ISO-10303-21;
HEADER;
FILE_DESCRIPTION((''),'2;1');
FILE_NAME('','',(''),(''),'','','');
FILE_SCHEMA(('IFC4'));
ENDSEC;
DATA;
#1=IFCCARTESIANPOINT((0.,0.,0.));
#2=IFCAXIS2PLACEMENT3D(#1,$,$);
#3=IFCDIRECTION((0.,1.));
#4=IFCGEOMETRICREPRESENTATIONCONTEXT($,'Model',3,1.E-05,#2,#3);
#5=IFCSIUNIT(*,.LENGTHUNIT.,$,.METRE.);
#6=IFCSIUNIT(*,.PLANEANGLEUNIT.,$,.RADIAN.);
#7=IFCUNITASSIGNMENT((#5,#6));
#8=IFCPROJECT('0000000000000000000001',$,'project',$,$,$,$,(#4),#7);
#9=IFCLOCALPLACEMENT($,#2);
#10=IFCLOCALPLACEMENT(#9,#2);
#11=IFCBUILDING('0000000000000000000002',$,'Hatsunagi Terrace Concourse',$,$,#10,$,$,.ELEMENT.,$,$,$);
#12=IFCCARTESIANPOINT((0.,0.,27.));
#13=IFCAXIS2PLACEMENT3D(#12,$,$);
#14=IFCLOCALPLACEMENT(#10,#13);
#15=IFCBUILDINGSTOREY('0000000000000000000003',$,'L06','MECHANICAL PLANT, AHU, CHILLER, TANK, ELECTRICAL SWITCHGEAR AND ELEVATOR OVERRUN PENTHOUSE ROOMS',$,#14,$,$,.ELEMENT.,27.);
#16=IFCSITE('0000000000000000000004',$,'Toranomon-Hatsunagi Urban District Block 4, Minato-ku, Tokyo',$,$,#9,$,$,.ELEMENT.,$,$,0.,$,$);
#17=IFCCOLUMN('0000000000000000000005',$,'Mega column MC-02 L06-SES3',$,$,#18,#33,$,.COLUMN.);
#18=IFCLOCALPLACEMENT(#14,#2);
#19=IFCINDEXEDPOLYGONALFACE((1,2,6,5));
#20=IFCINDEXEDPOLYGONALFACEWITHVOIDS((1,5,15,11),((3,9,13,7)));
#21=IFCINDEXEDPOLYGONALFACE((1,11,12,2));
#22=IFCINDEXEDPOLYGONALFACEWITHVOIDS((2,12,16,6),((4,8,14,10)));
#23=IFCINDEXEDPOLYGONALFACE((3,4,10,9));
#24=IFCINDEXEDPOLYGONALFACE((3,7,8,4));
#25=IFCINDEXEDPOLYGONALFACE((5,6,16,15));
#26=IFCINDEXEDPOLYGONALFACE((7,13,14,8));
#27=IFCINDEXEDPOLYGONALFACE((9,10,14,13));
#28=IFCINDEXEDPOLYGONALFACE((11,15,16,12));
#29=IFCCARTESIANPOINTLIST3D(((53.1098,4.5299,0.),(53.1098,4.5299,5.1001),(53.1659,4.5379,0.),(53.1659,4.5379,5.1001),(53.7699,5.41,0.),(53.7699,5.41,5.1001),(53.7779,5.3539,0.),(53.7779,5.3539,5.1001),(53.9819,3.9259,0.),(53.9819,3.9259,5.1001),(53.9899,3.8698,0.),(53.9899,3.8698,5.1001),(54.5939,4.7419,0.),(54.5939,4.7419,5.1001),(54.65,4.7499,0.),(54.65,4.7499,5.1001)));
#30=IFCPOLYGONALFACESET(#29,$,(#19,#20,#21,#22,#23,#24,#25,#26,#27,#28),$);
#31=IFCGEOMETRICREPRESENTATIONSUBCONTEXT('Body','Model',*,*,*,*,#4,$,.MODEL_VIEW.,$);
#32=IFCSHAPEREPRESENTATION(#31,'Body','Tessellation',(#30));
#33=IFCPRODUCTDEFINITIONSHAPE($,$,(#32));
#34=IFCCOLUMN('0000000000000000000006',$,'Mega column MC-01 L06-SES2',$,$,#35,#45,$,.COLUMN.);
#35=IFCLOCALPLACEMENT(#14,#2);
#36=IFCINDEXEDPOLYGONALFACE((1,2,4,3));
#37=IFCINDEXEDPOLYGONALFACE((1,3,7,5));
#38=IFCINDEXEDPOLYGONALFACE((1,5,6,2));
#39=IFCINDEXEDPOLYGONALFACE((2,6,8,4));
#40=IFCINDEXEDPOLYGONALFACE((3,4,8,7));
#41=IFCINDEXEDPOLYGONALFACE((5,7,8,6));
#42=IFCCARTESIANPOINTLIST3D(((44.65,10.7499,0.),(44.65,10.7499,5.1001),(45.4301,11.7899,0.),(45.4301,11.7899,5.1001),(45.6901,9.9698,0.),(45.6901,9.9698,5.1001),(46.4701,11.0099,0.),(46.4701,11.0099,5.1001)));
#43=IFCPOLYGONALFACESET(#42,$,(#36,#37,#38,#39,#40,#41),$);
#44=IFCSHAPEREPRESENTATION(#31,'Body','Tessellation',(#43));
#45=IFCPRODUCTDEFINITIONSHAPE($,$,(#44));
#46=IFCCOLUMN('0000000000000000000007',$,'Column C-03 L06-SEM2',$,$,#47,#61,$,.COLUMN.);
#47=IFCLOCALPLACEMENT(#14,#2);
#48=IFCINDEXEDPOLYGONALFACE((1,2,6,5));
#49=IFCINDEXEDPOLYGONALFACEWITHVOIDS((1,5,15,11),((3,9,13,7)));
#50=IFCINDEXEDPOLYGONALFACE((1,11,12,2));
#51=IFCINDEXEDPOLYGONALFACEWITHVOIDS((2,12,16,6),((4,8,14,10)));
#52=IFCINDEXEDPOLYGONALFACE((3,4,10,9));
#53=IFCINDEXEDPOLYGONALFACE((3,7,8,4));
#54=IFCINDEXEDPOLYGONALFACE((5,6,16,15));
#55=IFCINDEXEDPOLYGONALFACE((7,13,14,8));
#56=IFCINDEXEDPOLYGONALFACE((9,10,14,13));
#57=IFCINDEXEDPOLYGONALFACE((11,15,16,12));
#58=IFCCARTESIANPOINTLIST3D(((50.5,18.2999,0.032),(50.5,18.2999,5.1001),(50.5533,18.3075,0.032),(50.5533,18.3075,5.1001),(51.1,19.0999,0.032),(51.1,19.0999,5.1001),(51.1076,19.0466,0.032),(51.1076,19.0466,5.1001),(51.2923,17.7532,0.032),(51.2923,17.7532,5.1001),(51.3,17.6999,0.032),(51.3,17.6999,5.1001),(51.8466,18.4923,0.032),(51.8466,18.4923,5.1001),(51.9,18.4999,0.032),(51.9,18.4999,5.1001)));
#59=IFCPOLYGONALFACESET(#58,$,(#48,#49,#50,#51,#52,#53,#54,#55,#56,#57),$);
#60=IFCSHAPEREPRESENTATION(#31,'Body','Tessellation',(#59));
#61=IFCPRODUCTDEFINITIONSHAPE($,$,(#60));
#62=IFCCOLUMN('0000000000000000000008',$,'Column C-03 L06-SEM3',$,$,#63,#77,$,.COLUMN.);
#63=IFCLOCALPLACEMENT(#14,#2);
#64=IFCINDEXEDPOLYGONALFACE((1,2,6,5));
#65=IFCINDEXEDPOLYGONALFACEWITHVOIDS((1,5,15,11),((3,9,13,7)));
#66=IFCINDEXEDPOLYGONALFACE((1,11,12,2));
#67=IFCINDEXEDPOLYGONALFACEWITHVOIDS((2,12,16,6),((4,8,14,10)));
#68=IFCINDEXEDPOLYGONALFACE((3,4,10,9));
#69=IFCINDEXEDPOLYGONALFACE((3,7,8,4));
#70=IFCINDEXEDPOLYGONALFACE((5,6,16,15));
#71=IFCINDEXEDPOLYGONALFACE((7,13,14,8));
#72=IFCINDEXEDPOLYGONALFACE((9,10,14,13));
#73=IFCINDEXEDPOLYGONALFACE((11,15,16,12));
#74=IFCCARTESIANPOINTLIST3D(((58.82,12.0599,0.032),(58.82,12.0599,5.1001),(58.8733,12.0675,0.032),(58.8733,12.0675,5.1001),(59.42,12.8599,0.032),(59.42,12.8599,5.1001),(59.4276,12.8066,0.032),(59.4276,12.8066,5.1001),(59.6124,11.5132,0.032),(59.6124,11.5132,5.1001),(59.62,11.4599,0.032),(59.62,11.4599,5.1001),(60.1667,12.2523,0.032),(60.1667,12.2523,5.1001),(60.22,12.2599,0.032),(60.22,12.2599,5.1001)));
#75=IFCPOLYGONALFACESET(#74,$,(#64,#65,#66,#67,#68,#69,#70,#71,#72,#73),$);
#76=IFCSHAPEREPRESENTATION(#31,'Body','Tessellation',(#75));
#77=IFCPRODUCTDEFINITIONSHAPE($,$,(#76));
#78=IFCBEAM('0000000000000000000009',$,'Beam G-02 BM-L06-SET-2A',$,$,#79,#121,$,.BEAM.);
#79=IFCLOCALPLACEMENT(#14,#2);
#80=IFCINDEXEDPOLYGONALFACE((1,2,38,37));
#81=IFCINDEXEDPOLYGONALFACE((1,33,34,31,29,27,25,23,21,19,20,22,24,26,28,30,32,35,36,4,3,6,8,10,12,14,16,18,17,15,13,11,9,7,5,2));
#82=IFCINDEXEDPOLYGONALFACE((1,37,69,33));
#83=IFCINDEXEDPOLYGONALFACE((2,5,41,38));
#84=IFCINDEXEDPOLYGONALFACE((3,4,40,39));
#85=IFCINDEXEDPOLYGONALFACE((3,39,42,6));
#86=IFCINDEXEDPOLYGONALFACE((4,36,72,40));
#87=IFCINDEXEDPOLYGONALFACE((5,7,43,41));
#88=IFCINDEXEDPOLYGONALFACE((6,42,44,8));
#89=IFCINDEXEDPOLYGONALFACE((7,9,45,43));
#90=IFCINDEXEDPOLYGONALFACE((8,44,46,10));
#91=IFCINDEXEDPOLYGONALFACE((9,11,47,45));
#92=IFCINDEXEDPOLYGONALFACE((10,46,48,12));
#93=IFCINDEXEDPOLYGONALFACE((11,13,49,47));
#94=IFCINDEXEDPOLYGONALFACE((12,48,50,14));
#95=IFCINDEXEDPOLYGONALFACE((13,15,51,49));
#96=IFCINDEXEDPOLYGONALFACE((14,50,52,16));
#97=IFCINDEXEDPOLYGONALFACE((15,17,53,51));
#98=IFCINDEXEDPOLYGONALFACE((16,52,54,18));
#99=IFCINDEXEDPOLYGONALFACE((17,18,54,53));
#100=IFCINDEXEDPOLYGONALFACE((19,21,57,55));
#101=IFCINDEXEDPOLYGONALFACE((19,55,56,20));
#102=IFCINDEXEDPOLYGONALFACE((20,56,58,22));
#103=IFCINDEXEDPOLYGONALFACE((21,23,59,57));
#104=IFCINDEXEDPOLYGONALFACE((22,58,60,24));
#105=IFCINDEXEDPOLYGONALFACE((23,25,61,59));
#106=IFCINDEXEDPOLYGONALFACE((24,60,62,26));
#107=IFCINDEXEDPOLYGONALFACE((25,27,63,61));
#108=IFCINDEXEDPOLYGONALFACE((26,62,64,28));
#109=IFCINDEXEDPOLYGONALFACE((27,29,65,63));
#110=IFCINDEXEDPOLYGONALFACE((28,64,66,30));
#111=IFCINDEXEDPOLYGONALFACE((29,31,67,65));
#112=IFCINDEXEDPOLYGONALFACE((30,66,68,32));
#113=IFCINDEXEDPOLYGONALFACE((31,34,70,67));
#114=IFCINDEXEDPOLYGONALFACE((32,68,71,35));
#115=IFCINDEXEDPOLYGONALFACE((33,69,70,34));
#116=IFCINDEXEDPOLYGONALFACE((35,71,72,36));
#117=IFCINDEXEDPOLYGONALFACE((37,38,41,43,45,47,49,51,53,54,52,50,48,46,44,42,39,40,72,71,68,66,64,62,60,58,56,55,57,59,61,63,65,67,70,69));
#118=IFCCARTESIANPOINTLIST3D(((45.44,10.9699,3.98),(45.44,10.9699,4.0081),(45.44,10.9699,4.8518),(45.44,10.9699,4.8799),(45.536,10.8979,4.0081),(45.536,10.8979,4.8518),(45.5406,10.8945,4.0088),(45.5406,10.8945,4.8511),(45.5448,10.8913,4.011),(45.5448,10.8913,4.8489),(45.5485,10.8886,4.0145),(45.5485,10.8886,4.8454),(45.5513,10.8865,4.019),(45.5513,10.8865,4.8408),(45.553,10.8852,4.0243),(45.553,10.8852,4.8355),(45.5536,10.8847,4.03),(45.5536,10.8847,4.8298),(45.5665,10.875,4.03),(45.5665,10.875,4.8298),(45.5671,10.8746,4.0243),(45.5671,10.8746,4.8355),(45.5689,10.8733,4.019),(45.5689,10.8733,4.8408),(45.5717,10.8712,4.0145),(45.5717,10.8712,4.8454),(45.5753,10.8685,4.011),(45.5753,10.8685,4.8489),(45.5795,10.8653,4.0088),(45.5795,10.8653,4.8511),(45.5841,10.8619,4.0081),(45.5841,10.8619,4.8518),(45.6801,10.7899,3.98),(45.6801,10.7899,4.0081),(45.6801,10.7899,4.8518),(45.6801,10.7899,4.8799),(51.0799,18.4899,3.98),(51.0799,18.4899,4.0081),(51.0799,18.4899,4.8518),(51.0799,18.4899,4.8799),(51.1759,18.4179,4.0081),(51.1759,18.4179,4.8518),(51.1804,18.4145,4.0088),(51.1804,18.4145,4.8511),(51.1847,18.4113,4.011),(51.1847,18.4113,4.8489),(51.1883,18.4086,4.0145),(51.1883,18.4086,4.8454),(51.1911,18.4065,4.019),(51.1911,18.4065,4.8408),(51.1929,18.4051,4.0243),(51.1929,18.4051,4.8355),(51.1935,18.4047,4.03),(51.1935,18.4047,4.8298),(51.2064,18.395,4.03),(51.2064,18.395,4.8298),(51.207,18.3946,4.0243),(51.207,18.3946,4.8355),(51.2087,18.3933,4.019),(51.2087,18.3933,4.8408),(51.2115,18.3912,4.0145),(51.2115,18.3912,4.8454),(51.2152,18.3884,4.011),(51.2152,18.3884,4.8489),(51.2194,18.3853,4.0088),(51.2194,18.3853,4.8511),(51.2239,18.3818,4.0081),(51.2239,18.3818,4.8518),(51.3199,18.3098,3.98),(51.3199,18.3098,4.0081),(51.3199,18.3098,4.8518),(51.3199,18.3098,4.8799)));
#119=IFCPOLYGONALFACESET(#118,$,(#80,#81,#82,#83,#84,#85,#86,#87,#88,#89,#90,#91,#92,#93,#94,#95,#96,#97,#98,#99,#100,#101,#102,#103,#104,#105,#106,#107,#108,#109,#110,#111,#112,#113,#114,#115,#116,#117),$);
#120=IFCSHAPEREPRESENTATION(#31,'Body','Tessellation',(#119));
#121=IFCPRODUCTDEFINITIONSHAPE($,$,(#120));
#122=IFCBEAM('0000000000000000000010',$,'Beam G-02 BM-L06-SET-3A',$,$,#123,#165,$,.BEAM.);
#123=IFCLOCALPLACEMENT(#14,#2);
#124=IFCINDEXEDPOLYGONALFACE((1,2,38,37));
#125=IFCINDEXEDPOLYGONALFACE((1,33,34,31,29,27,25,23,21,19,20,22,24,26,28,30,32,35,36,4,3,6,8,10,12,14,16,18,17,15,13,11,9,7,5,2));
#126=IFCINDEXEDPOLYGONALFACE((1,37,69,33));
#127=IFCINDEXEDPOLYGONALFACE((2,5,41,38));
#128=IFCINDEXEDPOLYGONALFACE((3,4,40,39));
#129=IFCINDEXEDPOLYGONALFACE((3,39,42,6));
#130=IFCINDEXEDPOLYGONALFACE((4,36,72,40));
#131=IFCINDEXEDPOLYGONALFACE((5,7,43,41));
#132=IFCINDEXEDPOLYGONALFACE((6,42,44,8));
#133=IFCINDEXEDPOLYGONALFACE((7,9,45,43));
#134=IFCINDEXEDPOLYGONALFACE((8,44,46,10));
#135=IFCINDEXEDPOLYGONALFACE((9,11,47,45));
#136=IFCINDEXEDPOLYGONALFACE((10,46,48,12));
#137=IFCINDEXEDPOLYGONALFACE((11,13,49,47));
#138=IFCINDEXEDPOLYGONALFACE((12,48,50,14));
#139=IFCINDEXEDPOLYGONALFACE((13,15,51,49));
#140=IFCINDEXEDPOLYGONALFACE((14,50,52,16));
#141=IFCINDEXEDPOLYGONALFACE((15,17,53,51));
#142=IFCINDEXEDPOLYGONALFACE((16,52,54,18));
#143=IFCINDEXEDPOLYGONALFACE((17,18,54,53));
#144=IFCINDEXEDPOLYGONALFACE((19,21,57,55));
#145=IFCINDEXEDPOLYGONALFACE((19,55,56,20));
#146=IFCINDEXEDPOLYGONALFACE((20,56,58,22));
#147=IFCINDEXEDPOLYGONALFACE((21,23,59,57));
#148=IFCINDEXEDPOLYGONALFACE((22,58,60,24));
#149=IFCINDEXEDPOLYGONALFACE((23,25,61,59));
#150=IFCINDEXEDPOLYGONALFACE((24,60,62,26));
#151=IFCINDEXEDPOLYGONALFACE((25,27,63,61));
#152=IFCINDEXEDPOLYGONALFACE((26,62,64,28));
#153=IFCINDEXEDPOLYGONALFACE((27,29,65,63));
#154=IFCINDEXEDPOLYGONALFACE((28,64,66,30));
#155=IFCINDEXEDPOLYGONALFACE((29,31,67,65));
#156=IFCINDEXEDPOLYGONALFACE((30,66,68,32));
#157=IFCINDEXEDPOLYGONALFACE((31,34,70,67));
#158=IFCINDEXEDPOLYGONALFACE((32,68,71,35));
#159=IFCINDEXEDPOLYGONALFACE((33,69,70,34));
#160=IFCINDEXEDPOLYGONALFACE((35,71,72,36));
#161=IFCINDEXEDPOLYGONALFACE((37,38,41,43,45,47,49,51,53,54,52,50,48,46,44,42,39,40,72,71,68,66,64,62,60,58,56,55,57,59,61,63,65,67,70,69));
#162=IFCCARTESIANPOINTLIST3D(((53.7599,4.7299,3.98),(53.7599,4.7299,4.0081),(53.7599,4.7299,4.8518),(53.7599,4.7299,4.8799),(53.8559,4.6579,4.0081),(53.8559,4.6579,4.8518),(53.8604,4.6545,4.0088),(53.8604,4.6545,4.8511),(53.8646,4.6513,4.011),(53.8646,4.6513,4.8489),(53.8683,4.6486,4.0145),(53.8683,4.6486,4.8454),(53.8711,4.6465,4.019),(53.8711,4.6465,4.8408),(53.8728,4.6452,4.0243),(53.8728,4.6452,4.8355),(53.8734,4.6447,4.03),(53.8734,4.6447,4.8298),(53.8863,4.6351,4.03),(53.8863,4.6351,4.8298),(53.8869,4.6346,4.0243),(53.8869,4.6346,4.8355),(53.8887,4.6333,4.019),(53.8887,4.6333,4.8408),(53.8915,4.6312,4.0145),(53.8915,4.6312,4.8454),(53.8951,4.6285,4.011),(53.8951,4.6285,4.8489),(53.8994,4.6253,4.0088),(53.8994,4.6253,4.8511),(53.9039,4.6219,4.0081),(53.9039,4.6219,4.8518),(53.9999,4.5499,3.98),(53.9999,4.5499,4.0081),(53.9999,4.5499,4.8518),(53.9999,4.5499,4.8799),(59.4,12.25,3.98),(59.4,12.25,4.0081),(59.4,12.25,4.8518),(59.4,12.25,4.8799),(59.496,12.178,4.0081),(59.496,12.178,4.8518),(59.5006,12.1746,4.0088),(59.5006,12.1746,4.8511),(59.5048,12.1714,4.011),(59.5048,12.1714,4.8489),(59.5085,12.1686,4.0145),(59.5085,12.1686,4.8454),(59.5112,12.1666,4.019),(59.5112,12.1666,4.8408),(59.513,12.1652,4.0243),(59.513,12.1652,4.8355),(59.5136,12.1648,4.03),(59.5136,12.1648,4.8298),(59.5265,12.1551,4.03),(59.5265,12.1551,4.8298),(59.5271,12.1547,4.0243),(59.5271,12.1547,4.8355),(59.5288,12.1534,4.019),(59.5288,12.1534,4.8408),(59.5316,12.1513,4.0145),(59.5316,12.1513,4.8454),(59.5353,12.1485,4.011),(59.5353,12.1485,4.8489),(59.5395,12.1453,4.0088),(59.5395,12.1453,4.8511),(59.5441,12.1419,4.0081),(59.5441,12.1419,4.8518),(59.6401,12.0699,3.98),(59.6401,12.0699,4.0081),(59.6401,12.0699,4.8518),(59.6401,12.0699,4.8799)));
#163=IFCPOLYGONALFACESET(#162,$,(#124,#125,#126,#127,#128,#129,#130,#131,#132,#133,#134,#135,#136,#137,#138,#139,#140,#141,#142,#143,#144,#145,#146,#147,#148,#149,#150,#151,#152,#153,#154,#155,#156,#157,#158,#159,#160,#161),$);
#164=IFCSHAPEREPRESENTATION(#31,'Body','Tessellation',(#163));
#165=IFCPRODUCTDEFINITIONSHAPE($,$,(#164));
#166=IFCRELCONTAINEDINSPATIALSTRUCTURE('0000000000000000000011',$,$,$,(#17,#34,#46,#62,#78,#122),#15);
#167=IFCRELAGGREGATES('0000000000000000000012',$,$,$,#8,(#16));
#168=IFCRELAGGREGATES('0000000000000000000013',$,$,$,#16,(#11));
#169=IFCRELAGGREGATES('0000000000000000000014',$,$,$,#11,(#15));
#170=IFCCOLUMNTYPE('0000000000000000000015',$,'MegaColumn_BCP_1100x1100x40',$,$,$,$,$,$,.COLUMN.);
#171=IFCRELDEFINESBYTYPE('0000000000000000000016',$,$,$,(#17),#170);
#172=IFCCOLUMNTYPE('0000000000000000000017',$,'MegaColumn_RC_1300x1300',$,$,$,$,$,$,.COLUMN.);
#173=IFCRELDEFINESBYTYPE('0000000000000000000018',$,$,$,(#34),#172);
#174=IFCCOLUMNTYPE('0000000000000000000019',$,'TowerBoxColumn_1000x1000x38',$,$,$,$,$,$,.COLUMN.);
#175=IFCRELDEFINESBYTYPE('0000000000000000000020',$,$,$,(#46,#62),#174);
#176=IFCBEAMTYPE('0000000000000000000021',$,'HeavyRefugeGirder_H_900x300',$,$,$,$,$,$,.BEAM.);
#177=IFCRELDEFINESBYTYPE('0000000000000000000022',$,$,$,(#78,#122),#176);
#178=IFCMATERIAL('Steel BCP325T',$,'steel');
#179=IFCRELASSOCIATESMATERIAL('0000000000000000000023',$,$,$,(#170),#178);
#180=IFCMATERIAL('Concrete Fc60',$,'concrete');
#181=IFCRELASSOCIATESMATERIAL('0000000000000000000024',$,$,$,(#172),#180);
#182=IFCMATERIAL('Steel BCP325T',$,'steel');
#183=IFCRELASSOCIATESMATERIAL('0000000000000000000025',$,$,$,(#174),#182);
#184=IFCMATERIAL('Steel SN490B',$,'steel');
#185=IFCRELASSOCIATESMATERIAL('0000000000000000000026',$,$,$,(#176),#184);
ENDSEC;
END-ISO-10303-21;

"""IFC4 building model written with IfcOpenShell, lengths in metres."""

from ifc_helpers import new_model, si_unit, direction, frame, origin, origin_2d, place, context, subcontext, project, spatial, rectangle, hollow_rectangle, i_section, extrude, material, material_profile, profile_set, type_object, element, save


model = new_model("IFC4")

# Units and contexts
model_context = context("Model", 3, precision=1e-05, world=origin(), true_north=direction((0.0, 1.0)))
body_context = subcontext(model_context, "Body", "Model", "MODEL_VIEW")
ifc_project = project(units=[si_unit("LENGTHUNIT", "METRE"), si_unit("PLANEANGLEUNIT", "RADIAN")], contexts=[model_context])

# Site, building, storey
site_placement = place(None, origin())
site = spatial("IfcSite", under=ifc_project, at=site_placement, Name="Toranomon-Hatsunagi Urban District Block 4, Minato-ku, Tokyo", CompositionType="ELEMENT", RefElevation=0.0)
building_placement = place(site_placement, origin())
building = spatial("IfcBuilding", under=site, at=building_placement, Name="Hatsunagi Terrace Concourse", CompositionType="ELEMENT")
storey_placement = place(building_placement, frame((0.0, 0.0, 27.0)))
storey = spatial("IfcBuildingStorey", under=building, at=storey_placement, Name="L06", Description="MECHANICAL PLANT, AHU, CHILLER, TANK, ELECTRICAL SWITCHGEAR AND ELEVATOR OVERRUN PENTHOUSE ROOMS", CompositionType="ELEMENT", Elevation=27.0)

# Columns
ifc_material_1 = material(Name="Steel BCP325T", Category="steel")
ifc_material_profile_1 = material_profile(ifc_material_1, hollow_rectangle(XDim=1.1001, YDim=1.1001, WallThickness=0.04, at=origin_2d()), Name="BCP-1100x1100x40")
ifc_profile_set_1 = profile_set([ifc_material_profile_1], Name="Steel BCP325T")
column_type_1 = type_object("IfcColumnType", Name="MegaColumn_BCP_1100x1100x40", PredefinedType="COLUMN", material=ifc_profile_set_1)
column_1_placement = place(storey_placement, frame((53.8799, 4.6399, 0.0), z_axis=(0.0, 0.0, 1.0), x_axis=(0.8, -0.6, 0.0)))
element("IfcColumn", 1, at=column_1_placement, inside=storey, type_object=column_type_1, Name="Mega column MC-02 L06-SES3", PredefinedType="COLUMN", context=body_context, shape_type="SweptSolid", body=[
    extrude(hollow_rectangle(XDim=1.1001, YDim=1.1001, WallThickness=0.04, at=origin_2d()), origin(), (0.0, 0.0, 1.0), 5.1001),
])
ifc_material_2 = material(Name="Concrete Fc60", Category="concrete")
ifc_material_profile_2 = material_profile(ifc_material_2, rectangle(XDim=1.3, YDim=1.3, at=origin_2d()), Name="RC-1300x1300")
ifc_profile_set_2 = profile_set([ifc_material_profile_2], Name="Concrete Fc60")
column_type_2 = type_object("IfcColumnType", Name="MegaColumn_RC_1300x1300", PredefinedType="COLUMN", material=ifc_profile_set_2)
column_2_placement = place(storey_placement, frame((45.5601, 10.8799, 0.0), z_axis=(0.0, 0.0, 1.0), x_axis=(0.8, -0.6, 0.0)))
element("IfcColumn", 2, at=column_2_placement, inside=storey, type_object=column_type_2, Name="Mega column MC-01 L06-SES2", PredefinedType="COLUMN", context=body_context, shape_type="SweptSolid", body=[
    extrude(rectangle(XDim=1.3, YDim=1.3, at=origin_2d()), origin(), (0.0, 0.0, 1.0), 5.1001),
])
ifc_material_3 = material(Name="Steel BCP325T", Category="steel")
ifc_material_profile_3 = material_profile(ifc_material_3, hollow_rectangle(XDim=1.0, YDim=1.0, WallThickness=0.0381, at=origin_2d()), Name="BCP-1000x1000x38")
ifc_profile_set_3 = profile_set([ifc_material_profile_3], Name="Steel BCP325T")
column_type_3 = type_object("IfcColumnType", Name="TowerBoxColumn_1000x1000x38", PredefinedType="COLUMN", material=ifc_profile_set_3)
for number, where, z_axis, x_axis, name in (
    (3, (51.2, 18.3999, 0.032), (0.0, 0.0, 1.0), (0.8, -0.6, 0.0), "Column C-03 L06-SEM2"),
    (4, (59.52, 12.1599, 0.032), (0.0, 0.0, 1.0), (0.8, -0.6, 0.0), "Column C-03 L06-SEM3"),
):
    element("IfcColumn", number, at=place(storey_placement, frame(where, z_axis=z_axis, x_axis=x_axis)), inside=storey, type_object=column_type_3, Name=name, PredefinedType="COLUMN", context=body_context, shape_type="SweptSolid", body=[
        extrude(hollow_rectangle(XDim=1.0, YDim=1.0, WallThickness=0.0381, at=origin_2d()), origin(), (0.0, 0.0, 1.0), 5.0681),
    ])

# Beams
ifc_material_4 = material(Name="Steel SN490B", Category="steel")
ifc_material_profile_4 = material_profile(ifc_material_4, i_section(OverallWidth=0.3, OverallDepth=0.8999, WebThickness=0.0161, FlangeThickness=0.0281, FilletRadius=0.022, at=origin_2d()), Name="H-900x300x16x28")
ifc_profile_set_4 = profile_set([ifc_material_profile_4], Name="Steel SN490B")
beam_type_1 = type_object("IfcBeamType", Name="HeavyRefugeGirder_H_900x300", PredefinedType="BEAM", material=ifc_profile_set_4)
beam_1_placement = place(storey_placement, frame((45.5601, 10.8799, 4.4299), z_axis=(0.599992, 0.800006, 0.0), x_axis=(-0.800006, 0.599992, 0.0)))
element("IfcBeam", 5, at=beam_1_placement, inside=storey, type_object=beam_type_1, Name="Beam G-02 BM-L06-SET-2A", PredefinedType="BEAM", context=body_context, shape_type="SweptSolid", body=[
    extrude(i_section(OverallWidth=0.3, OverallDepth=0.8999, WebThickness=0.0161, FlangeThickness=0.0281, FilletRadius=0.022, at=origin_2d()), origin(), (0.0, 0.0, 1.0), 9.3999),
])
beam_2_placement = place(storey_placement, frame((53.8799, 4.6399, 4.4299), z_axis=(0.600008, 0.799994, 0.0), x_axis=(-0.799994, 0.600008, 0.0)))
element("IfcBeam", 6, at=beam_2_placement, inside=storey, type_object=beam_type_1, Name="Beam G-02 BM-L06-SET-3A", PredefinedType="BEAM", context=body_context, shape_type="SweptSolid", body=[
    extrude(i_section(OverallWidth=0.3, OverallDepth=0.8999, WebThickness=0.0161, FlangeThickness=0.0281, FilletRadius=0.022, at=origin_2d()), origin(), (0.0, 0.0, 1.0), 9.4001),
])

save(model, "model.ifc")
